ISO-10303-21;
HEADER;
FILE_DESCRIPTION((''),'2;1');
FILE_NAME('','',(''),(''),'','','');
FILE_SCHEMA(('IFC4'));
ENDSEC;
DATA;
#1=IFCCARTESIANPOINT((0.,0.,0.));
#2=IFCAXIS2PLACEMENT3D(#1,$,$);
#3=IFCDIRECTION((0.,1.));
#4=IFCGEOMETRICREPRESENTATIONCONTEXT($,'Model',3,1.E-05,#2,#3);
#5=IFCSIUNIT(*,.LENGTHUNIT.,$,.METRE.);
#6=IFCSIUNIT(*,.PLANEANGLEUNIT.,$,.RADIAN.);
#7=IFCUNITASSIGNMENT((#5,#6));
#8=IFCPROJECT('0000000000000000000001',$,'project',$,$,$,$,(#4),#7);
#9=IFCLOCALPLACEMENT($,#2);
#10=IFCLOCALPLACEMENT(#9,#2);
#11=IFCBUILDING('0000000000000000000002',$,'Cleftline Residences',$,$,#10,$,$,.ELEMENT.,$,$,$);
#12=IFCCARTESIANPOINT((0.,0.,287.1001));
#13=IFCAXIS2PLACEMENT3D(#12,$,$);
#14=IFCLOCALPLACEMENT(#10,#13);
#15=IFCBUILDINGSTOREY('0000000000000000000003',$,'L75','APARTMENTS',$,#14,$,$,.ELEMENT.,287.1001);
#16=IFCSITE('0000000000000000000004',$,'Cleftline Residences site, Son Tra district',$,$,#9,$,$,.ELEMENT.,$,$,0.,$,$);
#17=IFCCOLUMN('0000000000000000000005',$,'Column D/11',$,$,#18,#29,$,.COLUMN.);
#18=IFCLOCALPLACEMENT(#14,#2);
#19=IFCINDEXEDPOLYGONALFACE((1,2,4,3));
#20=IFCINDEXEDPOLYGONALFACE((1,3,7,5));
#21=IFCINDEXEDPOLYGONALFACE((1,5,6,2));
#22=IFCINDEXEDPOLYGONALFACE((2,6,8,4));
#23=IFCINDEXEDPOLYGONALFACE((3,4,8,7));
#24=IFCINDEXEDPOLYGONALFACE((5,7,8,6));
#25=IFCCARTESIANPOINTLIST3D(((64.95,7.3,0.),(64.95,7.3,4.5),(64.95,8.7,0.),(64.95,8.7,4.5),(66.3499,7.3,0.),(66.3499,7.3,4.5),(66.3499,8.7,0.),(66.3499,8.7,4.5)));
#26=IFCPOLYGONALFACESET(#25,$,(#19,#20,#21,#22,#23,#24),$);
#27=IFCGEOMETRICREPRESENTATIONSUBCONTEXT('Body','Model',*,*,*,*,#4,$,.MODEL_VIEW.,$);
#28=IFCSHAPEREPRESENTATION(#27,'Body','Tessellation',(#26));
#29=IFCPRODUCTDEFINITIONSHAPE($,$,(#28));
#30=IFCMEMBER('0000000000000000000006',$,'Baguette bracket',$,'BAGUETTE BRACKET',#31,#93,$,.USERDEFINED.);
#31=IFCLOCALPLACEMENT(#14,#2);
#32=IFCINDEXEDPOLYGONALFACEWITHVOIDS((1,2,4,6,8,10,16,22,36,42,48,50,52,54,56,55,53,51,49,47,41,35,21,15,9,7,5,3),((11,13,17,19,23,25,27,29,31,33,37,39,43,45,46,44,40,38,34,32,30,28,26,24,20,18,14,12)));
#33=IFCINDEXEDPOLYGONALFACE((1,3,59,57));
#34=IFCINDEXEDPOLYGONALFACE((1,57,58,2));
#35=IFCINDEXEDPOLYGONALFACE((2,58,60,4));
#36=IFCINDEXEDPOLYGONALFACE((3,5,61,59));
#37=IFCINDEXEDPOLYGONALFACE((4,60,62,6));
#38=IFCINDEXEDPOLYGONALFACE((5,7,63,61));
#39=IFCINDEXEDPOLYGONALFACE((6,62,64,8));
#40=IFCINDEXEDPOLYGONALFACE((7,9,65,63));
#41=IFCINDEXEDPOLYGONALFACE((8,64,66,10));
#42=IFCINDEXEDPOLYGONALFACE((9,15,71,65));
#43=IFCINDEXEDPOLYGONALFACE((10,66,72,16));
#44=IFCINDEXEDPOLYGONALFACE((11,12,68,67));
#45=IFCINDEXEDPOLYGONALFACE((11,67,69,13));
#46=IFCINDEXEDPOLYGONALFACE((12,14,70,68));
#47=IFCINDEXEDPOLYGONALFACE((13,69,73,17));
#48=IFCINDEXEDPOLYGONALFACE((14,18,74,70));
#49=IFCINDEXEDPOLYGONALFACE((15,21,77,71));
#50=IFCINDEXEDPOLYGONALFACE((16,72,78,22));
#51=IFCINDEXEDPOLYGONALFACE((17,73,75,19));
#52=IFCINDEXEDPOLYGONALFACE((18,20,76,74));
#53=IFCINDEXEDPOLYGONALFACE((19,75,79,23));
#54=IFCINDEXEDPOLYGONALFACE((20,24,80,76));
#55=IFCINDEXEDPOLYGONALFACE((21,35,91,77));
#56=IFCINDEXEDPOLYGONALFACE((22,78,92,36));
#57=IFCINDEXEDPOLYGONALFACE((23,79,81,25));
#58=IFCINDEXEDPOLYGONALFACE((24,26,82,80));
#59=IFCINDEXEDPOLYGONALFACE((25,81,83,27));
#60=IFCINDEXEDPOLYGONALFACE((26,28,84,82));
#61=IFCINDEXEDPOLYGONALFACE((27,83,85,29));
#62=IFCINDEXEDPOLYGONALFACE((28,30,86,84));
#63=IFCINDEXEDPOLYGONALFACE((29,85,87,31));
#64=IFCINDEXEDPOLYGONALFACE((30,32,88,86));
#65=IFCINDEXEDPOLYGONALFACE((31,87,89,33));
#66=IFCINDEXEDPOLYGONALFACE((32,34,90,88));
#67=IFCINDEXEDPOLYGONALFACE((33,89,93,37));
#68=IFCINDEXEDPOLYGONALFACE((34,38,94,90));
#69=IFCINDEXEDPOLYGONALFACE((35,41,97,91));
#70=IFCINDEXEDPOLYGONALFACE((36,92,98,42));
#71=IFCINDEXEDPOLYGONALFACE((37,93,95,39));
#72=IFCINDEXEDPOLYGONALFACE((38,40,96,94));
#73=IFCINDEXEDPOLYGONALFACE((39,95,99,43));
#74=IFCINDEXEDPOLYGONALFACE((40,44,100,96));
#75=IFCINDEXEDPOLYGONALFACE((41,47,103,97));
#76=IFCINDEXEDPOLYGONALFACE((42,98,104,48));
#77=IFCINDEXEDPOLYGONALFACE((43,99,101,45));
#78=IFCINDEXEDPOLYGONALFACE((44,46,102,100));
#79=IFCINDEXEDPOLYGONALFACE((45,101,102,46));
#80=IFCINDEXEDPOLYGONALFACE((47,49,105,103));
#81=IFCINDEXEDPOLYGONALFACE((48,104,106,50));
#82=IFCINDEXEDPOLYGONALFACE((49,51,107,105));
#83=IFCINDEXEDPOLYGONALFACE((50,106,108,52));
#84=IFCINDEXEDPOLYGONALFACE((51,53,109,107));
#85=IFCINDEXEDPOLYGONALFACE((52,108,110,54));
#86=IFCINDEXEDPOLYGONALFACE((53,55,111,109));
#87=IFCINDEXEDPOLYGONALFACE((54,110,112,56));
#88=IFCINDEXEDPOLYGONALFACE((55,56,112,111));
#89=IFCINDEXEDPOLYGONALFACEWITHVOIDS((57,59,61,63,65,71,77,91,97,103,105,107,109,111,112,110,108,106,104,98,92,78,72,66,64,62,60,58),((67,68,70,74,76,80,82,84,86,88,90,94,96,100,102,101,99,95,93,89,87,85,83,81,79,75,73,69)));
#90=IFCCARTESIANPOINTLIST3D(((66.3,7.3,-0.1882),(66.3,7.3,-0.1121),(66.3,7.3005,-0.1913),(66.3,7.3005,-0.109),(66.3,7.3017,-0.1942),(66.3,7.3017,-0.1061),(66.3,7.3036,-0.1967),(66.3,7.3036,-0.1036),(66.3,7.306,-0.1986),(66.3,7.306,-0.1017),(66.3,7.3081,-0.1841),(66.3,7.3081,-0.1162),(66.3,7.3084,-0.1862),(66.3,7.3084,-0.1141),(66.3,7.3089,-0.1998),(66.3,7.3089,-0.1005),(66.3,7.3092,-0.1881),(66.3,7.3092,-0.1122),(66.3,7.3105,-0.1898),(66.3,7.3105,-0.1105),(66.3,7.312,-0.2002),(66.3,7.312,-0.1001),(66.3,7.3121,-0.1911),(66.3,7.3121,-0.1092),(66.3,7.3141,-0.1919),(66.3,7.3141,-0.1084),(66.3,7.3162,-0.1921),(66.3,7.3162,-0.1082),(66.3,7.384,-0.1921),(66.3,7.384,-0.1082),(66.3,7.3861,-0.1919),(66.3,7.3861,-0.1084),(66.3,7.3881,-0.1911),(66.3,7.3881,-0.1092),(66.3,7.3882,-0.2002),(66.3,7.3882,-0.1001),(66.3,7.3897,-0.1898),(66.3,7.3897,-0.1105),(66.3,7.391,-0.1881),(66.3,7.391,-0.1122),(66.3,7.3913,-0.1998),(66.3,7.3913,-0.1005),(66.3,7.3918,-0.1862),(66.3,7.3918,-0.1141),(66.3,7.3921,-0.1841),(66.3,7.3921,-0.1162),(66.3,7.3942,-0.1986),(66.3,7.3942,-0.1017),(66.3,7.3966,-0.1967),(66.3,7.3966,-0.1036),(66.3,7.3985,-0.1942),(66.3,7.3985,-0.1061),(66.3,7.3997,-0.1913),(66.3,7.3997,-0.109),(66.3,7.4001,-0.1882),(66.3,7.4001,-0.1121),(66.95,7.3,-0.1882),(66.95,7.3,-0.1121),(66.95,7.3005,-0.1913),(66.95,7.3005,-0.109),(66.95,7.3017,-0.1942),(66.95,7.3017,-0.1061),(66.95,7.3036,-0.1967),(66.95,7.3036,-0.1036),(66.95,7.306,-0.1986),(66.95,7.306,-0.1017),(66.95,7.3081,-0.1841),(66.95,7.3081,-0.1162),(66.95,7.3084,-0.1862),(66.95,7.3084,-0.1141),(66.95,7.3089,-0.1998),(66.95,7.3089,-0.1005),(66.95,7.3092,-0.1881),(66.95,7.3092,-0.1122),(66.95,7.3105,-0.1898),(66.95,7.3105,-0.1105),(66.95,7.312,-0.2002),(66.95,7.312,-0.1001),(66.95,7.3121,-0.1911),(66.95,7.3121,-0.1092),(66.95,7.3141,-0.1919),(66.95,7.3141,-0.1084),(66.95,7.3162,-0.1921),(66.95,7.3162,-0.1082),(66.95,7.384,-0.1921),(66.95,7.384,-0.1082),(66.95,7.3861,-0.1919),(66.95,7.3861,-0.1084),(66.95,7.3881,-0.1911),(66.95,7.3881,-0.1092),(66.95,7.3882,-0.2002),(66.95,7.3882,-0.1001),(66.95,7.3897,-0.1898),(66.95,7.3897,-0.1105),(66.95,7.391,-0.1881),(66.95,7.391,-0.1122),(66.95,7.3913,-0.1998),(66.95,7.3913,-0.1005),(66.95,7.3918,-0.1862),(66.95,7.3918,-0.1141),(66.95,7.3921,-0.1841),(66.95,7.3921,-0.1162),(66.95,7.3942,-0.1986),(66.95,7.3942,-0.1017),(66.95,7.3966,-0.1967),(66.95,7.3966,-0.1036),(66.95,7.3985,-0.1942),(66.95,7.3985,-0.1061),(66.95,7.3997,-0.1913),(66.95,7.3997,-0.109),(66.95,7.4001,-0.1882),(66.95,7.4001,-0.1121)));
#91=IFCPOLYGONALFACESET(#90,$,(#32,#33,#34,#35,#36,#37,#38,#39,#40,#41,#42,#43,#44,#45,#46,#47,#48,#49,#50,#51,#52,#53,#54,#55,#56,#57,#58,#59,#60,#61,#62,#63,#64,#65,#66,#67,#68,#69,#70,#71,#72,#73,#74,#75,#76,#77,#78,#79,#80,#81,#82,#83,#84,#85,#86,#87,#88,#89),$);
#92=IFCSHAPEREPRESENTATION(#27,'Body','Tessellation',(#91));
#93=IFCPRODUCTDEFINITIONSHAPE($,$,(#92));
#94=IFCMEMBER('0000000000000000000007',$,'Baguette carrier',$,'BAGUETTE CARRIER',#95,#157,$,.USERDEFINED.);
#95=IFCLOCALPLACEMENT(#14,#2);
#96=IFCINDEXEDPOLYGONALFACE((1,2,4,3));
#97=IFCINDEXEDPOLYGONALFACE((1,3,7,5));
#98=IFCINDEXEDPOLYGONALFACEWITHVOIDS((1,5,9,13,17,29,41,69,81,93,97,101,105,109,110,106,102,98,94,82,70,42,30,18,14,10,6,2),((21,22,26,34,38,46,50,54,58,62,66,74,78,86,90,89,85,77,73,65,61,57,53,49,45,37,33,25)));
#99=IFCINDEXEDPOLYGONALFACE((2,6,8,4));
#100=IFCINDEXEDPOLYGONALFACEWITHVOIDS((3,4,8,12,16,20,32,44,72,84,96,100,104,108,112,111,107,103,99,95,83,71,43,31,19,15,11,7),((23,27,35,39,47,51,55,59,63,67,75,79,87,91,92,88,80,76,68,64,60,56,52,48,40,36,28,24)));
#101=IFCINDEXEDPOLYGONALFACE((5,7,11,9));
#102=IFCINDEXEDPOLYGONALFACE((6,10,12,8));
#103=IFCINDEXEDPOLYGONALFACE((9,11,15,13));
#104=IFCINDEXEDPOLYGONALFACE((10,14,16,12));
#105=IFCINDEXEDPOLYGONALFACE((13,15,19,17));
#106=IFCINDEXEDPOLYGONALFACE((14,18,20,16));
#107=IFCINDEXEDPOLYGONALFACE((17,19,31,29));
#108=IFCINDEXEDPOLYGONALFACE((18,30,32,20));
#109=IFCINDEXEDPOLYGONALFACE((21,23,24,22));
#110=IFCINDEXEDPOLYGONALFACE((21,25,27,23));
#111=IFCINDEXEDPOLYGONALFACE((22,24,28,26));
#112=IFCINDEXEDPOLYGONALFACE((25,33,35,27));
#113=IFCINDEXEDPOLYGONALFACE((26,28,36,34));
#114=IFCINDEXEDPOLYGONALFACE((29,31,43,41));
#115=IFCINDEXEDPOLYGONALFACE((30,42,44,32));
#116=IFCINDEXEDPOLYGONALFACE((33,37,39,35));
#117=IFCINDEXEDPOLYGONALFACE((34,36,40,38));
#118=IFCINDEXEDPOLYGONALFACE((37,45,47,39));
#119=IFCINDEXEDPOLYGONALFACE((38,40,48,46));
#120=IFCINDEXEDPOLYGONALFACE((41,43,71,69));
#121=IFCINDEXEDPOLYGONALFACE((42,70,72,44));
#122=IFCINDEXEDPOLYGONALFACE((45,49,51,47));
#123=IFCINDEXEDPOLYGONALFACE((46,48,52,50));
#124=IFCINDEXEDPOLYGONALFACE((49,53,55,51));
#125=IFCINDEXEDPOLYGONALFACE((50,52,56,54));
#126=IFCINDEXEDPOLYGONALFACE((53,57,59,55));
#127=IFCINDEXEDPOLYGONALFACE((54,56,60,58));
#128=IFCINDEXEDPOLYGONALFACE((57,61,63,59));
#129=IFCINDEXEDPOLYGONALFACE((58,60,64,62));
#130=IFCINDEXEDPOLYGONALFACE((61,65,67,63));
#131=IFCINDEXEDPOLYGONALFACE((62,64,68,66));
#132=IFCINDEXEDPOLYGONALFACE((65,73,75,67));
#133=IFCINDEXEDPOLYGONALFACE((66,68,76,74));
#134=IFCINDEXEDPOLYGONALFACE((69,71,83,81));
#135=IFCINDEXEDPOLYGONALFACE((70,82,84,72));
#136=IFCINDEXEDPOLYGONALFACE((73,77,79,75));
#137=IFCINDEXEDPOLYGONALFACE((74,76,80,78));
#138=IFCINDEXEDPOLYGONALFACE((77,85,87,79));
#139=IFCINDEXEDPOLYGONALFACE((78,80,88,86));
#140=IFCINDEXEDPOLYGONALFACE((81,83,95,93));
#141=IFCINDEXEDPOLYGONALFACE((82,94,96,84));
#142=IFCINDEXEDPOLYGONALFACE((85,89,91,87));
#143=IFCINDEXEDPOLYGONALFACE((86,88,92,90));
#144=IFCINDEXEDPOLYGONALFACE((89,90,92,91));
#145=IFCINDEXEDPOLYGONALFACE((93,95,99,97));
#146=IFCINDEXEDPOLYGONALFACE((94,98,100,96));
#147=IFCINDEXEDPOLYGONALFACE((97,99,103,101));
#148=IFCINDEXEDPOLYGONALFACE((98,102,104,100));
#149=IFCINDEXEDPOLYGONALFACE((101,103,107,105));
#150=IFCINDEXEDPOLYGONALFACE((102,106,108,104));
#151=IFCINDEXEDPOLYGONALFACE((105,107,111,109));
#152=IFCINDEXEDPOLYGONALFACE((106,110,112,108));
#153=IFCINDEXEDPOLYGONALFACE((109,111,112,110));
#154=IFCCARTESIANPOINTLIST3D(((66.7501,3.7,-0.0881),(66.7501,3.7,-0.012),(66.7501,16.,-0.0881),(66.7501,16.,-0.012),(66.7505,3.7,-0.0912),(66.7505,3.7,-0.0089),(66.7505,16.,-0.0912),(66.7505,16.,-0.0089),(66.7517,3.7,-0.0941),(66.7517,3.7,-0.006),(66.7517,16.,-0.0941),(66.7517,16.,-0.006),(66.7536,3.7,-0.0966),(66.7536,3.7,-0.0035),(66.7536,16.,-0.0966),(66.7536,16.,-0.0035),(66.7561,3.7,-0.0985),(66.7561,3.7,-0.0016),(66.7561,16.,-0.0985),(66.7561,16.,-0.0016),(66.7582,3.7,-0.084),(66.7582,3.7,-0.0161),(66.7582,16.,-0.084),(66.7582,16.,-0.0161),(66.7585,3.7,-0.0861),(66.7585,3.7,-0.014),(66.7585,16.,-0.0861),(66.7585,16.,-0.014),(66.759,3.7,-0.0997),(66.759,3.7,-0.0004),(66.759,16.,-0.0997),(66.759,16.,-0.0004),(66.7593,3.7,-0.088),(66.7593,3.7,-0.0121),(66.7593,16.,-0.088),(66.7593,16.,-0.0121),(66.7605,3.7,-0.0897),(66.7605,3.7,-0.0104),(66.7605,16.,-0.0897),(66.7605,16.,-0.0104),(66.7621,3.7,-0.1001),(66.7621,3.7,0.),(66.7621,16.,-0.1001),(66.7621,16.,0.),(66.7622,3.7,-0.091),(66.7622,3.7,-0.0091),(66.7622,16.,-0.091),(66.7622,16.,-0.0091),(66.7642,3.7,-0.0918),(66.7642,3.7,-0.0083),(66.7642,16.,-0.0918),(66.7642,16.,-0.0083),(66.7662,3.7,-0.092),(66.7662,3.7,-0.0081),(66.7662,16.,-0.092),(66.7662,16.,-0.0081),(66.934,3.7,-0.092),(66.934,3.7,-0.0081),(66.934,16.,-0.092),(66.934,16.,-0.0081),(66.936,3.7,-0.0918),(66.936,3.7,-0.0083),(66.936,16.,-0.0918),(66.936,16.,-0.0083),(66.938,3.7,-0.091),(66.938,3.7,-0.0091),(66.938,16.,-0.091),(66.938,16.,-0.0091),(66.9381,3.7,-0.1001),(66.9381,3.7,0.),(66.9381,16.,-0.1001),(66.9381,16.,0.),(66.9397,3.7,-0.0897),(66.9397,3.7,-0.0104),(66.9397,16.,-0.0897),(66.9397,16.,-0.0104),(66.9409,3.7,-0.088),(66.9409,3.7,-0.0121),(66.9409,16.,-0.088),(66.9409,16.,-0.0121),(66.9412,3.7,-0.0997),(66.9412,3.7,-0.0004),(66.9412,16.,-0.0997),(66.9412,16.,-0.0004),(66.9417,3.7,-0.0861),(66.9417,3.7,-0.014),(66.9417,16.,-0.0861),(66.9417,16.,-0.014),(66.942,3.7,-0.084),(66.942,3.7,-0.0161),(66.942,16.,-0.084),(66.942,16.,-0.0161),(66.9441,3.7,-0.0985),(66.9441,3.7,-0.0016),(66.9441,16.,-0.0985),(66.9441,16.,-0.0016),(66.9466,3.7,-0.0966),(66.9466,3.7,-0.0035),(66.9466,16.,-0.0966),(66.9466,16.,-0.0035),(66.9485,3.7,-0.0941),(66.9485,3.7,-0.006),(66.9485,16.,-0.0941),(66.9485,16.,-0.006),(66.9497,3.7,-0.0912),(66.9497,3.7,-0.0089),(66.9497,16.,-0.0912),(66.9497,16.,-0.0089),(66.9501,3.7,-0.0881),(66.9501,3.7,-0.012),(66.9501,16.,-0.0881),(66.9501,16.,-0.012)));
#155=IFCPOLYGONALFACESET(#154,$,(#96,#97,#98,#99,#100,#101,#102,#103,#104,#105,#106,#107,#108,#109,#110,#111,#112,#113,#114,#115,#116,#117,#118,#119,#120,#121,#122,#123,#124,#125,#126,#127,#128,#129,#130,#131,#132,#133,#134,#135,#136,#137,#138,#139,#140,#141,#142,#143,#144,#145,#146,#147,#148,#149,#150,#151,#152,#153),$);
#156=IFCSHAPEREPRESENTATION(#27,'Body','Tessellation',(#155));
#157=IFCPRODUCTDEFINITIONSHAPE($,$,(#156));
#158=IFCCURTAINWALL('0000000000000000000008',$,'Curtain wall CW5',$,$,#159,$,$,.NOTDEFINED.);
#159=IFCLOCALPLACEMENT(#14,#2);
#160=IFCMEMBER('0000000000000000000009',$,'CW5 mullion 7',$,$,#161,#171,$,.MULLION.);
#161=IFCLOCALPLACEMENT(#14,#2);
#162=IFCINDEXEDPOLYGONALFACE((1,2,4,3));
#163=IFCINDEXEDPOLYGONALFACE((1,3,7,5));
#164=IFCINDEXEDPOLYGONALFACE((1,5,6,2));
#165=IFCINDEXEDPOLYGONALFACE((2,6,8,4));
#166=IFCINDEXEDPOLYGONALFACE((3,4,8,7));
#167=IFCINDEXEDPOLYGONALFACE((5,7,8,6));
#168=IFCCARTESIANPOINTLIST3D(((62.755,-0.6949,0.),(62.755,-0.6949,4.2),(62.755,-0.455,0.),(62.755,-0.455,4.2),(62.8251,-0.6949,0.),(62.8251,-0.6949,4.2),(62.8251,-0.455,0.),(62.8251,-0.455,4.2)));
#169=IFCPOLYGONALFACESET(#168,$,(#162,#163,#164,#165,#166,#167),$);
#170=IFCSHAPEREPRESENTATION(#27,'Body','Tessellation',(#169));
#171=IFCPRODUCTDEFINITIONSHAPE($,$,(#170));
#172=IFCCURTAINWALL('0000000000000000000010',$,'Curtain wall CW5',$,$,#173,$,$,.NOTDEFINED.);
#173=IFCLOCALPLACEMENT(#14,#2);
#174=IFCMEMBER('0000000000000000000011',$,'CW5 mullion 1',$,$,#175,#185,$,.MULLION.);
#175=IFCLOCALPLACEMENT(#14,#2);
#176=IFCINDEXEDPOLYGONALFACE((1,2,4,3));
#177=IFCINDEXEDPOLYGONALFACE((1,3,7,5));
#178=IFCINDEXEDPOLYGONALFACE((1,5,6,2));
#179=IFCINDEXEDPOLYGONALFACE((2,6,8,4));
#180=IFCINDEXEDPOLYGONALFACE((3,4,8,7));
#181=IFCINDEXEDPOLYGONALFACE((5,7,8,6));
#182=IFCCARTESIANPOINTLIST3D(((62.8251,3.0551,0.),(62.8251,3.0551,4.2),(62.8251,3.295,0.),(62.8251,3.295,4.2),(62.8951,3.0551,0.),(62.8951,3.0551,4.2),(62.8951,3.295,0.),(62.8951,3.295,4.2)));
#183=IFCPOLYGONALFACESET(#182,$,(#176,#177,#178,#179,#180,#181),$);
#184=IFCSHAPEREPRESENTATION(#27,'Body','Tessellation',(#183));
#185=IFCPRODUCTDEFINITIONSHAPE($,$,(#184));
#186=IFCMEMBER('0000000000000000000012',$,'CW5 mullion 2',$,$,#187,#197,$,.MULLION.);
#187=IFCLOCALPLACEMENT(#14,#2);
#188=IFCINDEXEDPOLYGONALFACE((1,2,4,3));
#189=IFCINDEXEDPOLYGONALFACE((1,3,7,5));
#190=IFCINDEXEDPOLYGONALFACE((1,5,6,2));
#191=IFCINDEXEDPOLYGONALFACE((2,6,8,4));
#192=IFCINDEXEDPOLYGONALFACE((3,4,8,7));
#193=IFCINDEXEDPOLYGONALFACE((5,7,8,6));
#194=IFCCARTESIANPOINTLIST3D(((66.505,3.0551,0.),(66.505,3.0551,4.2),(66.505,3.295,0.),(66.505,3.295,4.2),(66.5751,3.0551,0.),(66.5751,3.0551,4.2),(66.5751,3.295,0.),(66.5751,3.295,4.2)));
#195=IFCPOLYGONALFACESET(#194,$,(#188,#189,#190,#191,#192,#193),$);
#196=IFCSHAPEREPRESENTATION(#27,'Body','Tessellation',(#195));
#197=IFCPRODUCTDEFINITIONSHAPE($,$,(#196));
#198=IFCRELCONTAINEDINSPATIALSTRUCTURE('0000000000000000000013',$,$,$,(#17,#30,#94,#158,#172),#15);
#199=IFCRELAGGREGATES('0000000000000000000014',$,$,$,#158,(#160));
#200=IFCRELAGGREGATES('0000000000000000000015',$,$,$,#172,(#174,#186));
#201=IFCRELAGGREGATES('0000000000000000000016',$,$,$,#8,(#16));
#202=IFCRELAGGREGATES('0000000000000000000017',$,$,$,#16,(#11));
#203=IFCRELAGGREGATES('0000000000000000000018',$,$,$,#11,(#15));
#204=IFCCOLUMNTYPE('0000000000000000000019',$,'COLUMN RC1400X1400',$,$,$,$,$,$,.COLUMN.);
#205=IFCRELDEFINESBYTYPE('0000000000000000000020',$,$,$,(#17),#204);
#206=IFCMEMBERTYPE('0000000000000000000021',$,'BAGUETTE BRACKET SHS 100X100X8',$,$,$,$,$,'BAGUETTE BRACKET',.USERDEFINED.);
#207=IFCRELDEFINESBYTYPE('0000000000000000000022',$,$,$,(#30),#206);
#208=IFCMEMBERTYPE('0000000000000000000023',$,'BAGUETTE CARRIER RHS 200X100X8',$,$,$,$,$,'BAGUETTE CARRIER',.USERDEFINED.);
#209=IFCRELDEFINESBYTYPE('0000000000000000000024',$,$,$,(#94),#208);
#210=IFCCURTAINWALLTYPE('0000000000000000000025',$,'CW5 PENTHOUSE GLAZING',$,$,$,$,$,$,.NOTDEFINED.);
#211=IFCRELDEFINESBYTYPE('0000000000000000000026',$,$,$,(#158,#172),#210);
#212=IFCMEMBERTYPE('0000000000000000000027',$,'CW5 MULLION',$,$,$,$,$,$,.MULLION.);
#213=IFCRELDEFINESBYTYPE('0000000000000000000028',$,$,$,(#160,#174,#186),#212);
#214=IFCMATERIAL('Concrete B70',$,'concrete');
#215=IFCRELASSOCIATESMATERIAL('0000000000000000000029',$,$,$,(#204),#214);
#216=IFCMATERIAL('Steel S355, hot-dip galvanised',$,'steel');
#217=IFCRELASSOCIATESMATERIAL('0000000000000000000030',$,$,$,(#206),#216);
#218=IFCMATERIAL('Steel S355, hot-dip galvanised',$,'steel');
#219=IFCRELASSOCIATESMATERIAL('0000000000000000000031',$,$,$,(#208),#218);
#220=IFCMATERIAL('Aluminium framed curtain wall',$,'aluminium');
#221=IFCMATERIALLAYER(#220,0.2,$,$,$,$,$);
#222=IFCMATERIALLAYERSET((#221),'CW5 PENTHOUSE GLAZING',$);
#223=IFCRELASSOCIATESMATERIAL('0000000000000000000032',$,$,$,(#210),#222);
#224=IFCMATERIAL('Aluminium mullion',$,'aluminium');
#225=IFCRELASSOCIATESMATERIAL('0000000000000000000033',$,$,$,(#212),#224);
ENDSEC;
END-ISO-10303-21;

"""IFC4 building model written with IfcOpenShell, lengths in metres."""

from ifc_helpers import new_model, si_unit, direction, frame, origin, origin_2d, place, context, subcontext, project, spatial, rectangle, hollow_rectangle, extrude, material, layer, layer_set, material_profile, profile_set, type_object, element, aggregate, save


model = new_model("IFC4")

# Units and contexts
model_context = context("Model", 3, precision=1e-05, world=origin(), true_north=direction((0.0, 1.0)))
body_context = subcontext(model_context, "Body", "Model", "MODEL_VIEW")
ifc_project = project(units=[si_unit("LENGTHUNIT", "METRE"), si_unit("PLANEANGLEUNIT", "RADIAN")], contexts=[model_context])

# Site, building, storey
site_placement = place(None, origin())
site = spatial("IfcSite", under=ifc_project, at=site_placement, Name="Cleftline Residences site, Son Tra district", CompositionType="ELEMENT", RefElevation=0.0)
building_placement = place(site_placement, origin())
building = spatial("IfcBuilding", under=site, at=building_placement, Name="Cleftline Residences", CompositionType="ELEMENT")
storey_placement = place(building_placement, frame((0.0, 0.0, 287.1001)))
storey = spatial("IfcBuildingStorey", under=building, at=storey_placement, Name="L75", Description="APARTMENTS", CompositionType="ELEMENT", Elevation=287.1001)

# Column
ifc_material_1 = material(Name="Concrete B70", Category="concrete")
ifc_material_profile_1 = material_profile(ifc_material_1, rectangle(XDim=1.3999, YDim=1.3999, at=origin_2d()))
ifc_profile_set_1 = profile_set([ifc_material_profile_1], Name="Concrete B70")
column_type = type_object("IfcColumnType", Name="COLUMN RC1400X1400", PredefinedType="COLUMN", material=ifc_profile_set_1)
column_placement = place(storey_placement, frame((65.6499, 8.0, 0.0), z_axis=(0.0, 0.0, 1.0), x_axis=(1.0, 0.0, 0.0)))
element("IfcColumn", 1, at=column_placement, inside=storey, type_object=column_type, Name="Column D/11", PredefinedType="COLUMN", context=body_context, shape_type="SweptSolid", body=[
    extrude(rectangle(XDim=1.3999, YDim=1.3999, at=origin_2d()), origin(), (0.0, 0.0, 1.0), 4.5),
])

# Members
ifc_material_2 = material(Name="Steel S355, hot-dip galvanised", Category="steel")
ifc_material_profile_2 = material_profile(ifc_material_2, hollow_rectangle(XDim=0.1001, YDim=0.1001, WallThickness=0.0081, InnerFilletRadius=0.0081, OuterFilletRadius=0.012, at=origin_2d()))
ifc_profile_set_2 = profile_set([ifc_material_profile_2], Name="Steel S355, hot-dip galvanised")
member_type_1 = type_object("IfcMemberType", Name="BAGUETTE BRACKET SHS 100X100X8", ElementType="BAGUETTE BRACKET", PredefinedType="USERDEFINED", material=ifc_profile_set_2)
member_1_placement = place(storey_placement, frame((66.3, 7.3501, -0.1501), z_axis=(1.0, 0.0, 0.0), x_axis=(0.0, 1.0, 0.0)))
element("IfcMember", 2, at=member_1_placement, inside=storey, type_object=member_type_1, Name="Baguette bracket", ObjectType="BAGUETTE BRACKET", PredefinedType="USERDEFINED", context=body_context, shape_type="SweptSolid", body=[
    extrude(hollow_rectangle(XDim=0.1001, YDim=0.1001, WallThickness=0.0081, InnerFilletRadius=0.0081, OuterFilletRadius=0.012, at=origin_2d()), origin(), (0.0, 0.0, 1.0), 0.6499),
])
ifc_material_3 = material(Name="Steel S355, hot-dip galvanised", Category="steel")
ifc_material_profile_3 = material_profile(ifc_material_3, hollow_rectangle(XDim=0.1001, YDim=0.2, WallThickness=0.0081, InnerFilletRadius=0.0081, OuterFilletRadius=0.012, at=origin_2d()))
ifc_profile_set_3 = profile_set([ifc_material_profile_3], Name="Steel S355, hot-dip galvanised")
member_type_2 = type_object("IfcMemberType", Name="BAGUETTE CARRIER RHS 200X100X8", ElementType="BAGUETTE CARRIER", PredefinedType="USERDEFINED", material=ifc_profile_set_3)
member_2_placement = place(storey_placement, frame((66.8501, 3.7, -0.05), z_axis=(0.0, 1.0, 0.0), x_axis=(0.0, 0.0, 1.0)))
element("IfcMember", 3, at=member_2_placement, inside=storey, type_object=member_type_2, Name="Baguette carrier", ObjectType="BAGUETTE CARRIER", PredefinedType="USERDEFINED", context=body_context, shape_type="SweptSolid", body=[
    extrude(hollow_rectangle(XDim=0.1001, YDim=0.2, WallThickness=0.0081, InnerFilletRadius=0.0081, OuterFilletRadius=0.012, at=origin_2d()), origin(), (0.0, 0.0, 1.0), 12.3),
])

# Curtain wall, member
ifc_material_4 = material(Name="Aluminium framed curtain wall", Category="aluminium")
ifc_layer_1 = layer(ifc_material_4, 0.2)
ifc_layer_set_1 = layer_set([ifc_layer_1], Name="CW5 PENTHOUSE GLAZING")
curtain_wall_type = type_object("IfcCurtainWallType", Name="CW5 PENTHOUSE GLAZING", PredefinedType="NOTDEFINED", material=ifc_layer_set_1)
curtain_wall_1_placement = place(storey_placement, origin())
curtain_wall_1 = element("IfcCurtainWall", 4, at=curtain_wall_1_placement, inside=storey, type_object=curtain_wall_type, Name="Curtain wall CW5", PredefinedType="NOTDEFINED")
ifc_material_5 = material(Name="Aluminium mullion", Category="aluminium")
ifc_material_profile_4 = material_profile(ifc_material_5, rectangle(XDim=0.24, YDim=0.0701, at=origin_2d()))
ifc_profile_set_4 = profile_set([ifc_material_profile_4], Name="Aluminium mullion")
member_type_3 = type_object("IfcMemberType", Name="CW5 MULLION", PredefinedType="MULLION", material=ifc_profile_set_4)
member_3_placement = place(storey_placement, frame((62.79, -0.575, 0.0), z_axis=(0.0, 0.0, 1.0), x_axis=(0.0, 1.0, 0.0)))
member_3 = element("IfcMember", 5, at=member_3_placement, type_object=member_type_3, Name="CW5 mullion 7", PredefinedType="MULLION", context=body_context, shape_type="SweptSolid", body=[
    extrude(rectangle(XDim=0.24, YDim=0.0701, at=origin_2d()), origin(), (0.0, 0.0, 1.0), 4.2),
])

# Curtain wall, members
curtain_wall_2_placement = place(storey_placement, origin())
curtain_wall_2 = element("IfcCurtainWall", 6, at=curtain_wall_2_placement, inside=storey, type_object=curtain_wall_type, Name="Curtain wall CW5", PredefinedType="NOTDEFINED")
member_4_placement = place(storey_placement, frame((62.8601, 3.175, 0.0), z_axis=(0.0, 0.0, 1.0), x_axis=(0.0, 1.0, 0.0)))
member_4 = element("IfcMember", 7, at=member_4_placement, type_object=member_type_3, Name="CW5 mullion 1", PredefinedType="MULLION", context=body_context, shape_type="SweptSolid", body=[
    extrude(rectangle(XDim=0.24, YDim=0.0701, at=origin_2d()), origin(), (0.0, 0.0, 1.0), 4.2),
])
member_5_placement = place(storey_placement, frame((66.54, 3.175, 0.0), z_axis=(0.0, 0.0, 1.0), x_axis=(0.0, 1.0, 0.0)))
member_5 = element("IfcMember", 8, at=member_5_placement, type_object=member_type_3, Name="CW5 mullion 2", PredefinedType="MULLION", context=body_context, shape_type="SweptSolid", body=[
    extrude(rectangle(XDim=0.24, YDim=0.0701, at=origin_2d()), origin(), (0.0, 0.0, 1.0), 4.2),
])

aggregate(curtain_wall_1, [member_3])
aggregate(curtain_wall_2, [member_4, member_5])

save(model, "model.ifc")
